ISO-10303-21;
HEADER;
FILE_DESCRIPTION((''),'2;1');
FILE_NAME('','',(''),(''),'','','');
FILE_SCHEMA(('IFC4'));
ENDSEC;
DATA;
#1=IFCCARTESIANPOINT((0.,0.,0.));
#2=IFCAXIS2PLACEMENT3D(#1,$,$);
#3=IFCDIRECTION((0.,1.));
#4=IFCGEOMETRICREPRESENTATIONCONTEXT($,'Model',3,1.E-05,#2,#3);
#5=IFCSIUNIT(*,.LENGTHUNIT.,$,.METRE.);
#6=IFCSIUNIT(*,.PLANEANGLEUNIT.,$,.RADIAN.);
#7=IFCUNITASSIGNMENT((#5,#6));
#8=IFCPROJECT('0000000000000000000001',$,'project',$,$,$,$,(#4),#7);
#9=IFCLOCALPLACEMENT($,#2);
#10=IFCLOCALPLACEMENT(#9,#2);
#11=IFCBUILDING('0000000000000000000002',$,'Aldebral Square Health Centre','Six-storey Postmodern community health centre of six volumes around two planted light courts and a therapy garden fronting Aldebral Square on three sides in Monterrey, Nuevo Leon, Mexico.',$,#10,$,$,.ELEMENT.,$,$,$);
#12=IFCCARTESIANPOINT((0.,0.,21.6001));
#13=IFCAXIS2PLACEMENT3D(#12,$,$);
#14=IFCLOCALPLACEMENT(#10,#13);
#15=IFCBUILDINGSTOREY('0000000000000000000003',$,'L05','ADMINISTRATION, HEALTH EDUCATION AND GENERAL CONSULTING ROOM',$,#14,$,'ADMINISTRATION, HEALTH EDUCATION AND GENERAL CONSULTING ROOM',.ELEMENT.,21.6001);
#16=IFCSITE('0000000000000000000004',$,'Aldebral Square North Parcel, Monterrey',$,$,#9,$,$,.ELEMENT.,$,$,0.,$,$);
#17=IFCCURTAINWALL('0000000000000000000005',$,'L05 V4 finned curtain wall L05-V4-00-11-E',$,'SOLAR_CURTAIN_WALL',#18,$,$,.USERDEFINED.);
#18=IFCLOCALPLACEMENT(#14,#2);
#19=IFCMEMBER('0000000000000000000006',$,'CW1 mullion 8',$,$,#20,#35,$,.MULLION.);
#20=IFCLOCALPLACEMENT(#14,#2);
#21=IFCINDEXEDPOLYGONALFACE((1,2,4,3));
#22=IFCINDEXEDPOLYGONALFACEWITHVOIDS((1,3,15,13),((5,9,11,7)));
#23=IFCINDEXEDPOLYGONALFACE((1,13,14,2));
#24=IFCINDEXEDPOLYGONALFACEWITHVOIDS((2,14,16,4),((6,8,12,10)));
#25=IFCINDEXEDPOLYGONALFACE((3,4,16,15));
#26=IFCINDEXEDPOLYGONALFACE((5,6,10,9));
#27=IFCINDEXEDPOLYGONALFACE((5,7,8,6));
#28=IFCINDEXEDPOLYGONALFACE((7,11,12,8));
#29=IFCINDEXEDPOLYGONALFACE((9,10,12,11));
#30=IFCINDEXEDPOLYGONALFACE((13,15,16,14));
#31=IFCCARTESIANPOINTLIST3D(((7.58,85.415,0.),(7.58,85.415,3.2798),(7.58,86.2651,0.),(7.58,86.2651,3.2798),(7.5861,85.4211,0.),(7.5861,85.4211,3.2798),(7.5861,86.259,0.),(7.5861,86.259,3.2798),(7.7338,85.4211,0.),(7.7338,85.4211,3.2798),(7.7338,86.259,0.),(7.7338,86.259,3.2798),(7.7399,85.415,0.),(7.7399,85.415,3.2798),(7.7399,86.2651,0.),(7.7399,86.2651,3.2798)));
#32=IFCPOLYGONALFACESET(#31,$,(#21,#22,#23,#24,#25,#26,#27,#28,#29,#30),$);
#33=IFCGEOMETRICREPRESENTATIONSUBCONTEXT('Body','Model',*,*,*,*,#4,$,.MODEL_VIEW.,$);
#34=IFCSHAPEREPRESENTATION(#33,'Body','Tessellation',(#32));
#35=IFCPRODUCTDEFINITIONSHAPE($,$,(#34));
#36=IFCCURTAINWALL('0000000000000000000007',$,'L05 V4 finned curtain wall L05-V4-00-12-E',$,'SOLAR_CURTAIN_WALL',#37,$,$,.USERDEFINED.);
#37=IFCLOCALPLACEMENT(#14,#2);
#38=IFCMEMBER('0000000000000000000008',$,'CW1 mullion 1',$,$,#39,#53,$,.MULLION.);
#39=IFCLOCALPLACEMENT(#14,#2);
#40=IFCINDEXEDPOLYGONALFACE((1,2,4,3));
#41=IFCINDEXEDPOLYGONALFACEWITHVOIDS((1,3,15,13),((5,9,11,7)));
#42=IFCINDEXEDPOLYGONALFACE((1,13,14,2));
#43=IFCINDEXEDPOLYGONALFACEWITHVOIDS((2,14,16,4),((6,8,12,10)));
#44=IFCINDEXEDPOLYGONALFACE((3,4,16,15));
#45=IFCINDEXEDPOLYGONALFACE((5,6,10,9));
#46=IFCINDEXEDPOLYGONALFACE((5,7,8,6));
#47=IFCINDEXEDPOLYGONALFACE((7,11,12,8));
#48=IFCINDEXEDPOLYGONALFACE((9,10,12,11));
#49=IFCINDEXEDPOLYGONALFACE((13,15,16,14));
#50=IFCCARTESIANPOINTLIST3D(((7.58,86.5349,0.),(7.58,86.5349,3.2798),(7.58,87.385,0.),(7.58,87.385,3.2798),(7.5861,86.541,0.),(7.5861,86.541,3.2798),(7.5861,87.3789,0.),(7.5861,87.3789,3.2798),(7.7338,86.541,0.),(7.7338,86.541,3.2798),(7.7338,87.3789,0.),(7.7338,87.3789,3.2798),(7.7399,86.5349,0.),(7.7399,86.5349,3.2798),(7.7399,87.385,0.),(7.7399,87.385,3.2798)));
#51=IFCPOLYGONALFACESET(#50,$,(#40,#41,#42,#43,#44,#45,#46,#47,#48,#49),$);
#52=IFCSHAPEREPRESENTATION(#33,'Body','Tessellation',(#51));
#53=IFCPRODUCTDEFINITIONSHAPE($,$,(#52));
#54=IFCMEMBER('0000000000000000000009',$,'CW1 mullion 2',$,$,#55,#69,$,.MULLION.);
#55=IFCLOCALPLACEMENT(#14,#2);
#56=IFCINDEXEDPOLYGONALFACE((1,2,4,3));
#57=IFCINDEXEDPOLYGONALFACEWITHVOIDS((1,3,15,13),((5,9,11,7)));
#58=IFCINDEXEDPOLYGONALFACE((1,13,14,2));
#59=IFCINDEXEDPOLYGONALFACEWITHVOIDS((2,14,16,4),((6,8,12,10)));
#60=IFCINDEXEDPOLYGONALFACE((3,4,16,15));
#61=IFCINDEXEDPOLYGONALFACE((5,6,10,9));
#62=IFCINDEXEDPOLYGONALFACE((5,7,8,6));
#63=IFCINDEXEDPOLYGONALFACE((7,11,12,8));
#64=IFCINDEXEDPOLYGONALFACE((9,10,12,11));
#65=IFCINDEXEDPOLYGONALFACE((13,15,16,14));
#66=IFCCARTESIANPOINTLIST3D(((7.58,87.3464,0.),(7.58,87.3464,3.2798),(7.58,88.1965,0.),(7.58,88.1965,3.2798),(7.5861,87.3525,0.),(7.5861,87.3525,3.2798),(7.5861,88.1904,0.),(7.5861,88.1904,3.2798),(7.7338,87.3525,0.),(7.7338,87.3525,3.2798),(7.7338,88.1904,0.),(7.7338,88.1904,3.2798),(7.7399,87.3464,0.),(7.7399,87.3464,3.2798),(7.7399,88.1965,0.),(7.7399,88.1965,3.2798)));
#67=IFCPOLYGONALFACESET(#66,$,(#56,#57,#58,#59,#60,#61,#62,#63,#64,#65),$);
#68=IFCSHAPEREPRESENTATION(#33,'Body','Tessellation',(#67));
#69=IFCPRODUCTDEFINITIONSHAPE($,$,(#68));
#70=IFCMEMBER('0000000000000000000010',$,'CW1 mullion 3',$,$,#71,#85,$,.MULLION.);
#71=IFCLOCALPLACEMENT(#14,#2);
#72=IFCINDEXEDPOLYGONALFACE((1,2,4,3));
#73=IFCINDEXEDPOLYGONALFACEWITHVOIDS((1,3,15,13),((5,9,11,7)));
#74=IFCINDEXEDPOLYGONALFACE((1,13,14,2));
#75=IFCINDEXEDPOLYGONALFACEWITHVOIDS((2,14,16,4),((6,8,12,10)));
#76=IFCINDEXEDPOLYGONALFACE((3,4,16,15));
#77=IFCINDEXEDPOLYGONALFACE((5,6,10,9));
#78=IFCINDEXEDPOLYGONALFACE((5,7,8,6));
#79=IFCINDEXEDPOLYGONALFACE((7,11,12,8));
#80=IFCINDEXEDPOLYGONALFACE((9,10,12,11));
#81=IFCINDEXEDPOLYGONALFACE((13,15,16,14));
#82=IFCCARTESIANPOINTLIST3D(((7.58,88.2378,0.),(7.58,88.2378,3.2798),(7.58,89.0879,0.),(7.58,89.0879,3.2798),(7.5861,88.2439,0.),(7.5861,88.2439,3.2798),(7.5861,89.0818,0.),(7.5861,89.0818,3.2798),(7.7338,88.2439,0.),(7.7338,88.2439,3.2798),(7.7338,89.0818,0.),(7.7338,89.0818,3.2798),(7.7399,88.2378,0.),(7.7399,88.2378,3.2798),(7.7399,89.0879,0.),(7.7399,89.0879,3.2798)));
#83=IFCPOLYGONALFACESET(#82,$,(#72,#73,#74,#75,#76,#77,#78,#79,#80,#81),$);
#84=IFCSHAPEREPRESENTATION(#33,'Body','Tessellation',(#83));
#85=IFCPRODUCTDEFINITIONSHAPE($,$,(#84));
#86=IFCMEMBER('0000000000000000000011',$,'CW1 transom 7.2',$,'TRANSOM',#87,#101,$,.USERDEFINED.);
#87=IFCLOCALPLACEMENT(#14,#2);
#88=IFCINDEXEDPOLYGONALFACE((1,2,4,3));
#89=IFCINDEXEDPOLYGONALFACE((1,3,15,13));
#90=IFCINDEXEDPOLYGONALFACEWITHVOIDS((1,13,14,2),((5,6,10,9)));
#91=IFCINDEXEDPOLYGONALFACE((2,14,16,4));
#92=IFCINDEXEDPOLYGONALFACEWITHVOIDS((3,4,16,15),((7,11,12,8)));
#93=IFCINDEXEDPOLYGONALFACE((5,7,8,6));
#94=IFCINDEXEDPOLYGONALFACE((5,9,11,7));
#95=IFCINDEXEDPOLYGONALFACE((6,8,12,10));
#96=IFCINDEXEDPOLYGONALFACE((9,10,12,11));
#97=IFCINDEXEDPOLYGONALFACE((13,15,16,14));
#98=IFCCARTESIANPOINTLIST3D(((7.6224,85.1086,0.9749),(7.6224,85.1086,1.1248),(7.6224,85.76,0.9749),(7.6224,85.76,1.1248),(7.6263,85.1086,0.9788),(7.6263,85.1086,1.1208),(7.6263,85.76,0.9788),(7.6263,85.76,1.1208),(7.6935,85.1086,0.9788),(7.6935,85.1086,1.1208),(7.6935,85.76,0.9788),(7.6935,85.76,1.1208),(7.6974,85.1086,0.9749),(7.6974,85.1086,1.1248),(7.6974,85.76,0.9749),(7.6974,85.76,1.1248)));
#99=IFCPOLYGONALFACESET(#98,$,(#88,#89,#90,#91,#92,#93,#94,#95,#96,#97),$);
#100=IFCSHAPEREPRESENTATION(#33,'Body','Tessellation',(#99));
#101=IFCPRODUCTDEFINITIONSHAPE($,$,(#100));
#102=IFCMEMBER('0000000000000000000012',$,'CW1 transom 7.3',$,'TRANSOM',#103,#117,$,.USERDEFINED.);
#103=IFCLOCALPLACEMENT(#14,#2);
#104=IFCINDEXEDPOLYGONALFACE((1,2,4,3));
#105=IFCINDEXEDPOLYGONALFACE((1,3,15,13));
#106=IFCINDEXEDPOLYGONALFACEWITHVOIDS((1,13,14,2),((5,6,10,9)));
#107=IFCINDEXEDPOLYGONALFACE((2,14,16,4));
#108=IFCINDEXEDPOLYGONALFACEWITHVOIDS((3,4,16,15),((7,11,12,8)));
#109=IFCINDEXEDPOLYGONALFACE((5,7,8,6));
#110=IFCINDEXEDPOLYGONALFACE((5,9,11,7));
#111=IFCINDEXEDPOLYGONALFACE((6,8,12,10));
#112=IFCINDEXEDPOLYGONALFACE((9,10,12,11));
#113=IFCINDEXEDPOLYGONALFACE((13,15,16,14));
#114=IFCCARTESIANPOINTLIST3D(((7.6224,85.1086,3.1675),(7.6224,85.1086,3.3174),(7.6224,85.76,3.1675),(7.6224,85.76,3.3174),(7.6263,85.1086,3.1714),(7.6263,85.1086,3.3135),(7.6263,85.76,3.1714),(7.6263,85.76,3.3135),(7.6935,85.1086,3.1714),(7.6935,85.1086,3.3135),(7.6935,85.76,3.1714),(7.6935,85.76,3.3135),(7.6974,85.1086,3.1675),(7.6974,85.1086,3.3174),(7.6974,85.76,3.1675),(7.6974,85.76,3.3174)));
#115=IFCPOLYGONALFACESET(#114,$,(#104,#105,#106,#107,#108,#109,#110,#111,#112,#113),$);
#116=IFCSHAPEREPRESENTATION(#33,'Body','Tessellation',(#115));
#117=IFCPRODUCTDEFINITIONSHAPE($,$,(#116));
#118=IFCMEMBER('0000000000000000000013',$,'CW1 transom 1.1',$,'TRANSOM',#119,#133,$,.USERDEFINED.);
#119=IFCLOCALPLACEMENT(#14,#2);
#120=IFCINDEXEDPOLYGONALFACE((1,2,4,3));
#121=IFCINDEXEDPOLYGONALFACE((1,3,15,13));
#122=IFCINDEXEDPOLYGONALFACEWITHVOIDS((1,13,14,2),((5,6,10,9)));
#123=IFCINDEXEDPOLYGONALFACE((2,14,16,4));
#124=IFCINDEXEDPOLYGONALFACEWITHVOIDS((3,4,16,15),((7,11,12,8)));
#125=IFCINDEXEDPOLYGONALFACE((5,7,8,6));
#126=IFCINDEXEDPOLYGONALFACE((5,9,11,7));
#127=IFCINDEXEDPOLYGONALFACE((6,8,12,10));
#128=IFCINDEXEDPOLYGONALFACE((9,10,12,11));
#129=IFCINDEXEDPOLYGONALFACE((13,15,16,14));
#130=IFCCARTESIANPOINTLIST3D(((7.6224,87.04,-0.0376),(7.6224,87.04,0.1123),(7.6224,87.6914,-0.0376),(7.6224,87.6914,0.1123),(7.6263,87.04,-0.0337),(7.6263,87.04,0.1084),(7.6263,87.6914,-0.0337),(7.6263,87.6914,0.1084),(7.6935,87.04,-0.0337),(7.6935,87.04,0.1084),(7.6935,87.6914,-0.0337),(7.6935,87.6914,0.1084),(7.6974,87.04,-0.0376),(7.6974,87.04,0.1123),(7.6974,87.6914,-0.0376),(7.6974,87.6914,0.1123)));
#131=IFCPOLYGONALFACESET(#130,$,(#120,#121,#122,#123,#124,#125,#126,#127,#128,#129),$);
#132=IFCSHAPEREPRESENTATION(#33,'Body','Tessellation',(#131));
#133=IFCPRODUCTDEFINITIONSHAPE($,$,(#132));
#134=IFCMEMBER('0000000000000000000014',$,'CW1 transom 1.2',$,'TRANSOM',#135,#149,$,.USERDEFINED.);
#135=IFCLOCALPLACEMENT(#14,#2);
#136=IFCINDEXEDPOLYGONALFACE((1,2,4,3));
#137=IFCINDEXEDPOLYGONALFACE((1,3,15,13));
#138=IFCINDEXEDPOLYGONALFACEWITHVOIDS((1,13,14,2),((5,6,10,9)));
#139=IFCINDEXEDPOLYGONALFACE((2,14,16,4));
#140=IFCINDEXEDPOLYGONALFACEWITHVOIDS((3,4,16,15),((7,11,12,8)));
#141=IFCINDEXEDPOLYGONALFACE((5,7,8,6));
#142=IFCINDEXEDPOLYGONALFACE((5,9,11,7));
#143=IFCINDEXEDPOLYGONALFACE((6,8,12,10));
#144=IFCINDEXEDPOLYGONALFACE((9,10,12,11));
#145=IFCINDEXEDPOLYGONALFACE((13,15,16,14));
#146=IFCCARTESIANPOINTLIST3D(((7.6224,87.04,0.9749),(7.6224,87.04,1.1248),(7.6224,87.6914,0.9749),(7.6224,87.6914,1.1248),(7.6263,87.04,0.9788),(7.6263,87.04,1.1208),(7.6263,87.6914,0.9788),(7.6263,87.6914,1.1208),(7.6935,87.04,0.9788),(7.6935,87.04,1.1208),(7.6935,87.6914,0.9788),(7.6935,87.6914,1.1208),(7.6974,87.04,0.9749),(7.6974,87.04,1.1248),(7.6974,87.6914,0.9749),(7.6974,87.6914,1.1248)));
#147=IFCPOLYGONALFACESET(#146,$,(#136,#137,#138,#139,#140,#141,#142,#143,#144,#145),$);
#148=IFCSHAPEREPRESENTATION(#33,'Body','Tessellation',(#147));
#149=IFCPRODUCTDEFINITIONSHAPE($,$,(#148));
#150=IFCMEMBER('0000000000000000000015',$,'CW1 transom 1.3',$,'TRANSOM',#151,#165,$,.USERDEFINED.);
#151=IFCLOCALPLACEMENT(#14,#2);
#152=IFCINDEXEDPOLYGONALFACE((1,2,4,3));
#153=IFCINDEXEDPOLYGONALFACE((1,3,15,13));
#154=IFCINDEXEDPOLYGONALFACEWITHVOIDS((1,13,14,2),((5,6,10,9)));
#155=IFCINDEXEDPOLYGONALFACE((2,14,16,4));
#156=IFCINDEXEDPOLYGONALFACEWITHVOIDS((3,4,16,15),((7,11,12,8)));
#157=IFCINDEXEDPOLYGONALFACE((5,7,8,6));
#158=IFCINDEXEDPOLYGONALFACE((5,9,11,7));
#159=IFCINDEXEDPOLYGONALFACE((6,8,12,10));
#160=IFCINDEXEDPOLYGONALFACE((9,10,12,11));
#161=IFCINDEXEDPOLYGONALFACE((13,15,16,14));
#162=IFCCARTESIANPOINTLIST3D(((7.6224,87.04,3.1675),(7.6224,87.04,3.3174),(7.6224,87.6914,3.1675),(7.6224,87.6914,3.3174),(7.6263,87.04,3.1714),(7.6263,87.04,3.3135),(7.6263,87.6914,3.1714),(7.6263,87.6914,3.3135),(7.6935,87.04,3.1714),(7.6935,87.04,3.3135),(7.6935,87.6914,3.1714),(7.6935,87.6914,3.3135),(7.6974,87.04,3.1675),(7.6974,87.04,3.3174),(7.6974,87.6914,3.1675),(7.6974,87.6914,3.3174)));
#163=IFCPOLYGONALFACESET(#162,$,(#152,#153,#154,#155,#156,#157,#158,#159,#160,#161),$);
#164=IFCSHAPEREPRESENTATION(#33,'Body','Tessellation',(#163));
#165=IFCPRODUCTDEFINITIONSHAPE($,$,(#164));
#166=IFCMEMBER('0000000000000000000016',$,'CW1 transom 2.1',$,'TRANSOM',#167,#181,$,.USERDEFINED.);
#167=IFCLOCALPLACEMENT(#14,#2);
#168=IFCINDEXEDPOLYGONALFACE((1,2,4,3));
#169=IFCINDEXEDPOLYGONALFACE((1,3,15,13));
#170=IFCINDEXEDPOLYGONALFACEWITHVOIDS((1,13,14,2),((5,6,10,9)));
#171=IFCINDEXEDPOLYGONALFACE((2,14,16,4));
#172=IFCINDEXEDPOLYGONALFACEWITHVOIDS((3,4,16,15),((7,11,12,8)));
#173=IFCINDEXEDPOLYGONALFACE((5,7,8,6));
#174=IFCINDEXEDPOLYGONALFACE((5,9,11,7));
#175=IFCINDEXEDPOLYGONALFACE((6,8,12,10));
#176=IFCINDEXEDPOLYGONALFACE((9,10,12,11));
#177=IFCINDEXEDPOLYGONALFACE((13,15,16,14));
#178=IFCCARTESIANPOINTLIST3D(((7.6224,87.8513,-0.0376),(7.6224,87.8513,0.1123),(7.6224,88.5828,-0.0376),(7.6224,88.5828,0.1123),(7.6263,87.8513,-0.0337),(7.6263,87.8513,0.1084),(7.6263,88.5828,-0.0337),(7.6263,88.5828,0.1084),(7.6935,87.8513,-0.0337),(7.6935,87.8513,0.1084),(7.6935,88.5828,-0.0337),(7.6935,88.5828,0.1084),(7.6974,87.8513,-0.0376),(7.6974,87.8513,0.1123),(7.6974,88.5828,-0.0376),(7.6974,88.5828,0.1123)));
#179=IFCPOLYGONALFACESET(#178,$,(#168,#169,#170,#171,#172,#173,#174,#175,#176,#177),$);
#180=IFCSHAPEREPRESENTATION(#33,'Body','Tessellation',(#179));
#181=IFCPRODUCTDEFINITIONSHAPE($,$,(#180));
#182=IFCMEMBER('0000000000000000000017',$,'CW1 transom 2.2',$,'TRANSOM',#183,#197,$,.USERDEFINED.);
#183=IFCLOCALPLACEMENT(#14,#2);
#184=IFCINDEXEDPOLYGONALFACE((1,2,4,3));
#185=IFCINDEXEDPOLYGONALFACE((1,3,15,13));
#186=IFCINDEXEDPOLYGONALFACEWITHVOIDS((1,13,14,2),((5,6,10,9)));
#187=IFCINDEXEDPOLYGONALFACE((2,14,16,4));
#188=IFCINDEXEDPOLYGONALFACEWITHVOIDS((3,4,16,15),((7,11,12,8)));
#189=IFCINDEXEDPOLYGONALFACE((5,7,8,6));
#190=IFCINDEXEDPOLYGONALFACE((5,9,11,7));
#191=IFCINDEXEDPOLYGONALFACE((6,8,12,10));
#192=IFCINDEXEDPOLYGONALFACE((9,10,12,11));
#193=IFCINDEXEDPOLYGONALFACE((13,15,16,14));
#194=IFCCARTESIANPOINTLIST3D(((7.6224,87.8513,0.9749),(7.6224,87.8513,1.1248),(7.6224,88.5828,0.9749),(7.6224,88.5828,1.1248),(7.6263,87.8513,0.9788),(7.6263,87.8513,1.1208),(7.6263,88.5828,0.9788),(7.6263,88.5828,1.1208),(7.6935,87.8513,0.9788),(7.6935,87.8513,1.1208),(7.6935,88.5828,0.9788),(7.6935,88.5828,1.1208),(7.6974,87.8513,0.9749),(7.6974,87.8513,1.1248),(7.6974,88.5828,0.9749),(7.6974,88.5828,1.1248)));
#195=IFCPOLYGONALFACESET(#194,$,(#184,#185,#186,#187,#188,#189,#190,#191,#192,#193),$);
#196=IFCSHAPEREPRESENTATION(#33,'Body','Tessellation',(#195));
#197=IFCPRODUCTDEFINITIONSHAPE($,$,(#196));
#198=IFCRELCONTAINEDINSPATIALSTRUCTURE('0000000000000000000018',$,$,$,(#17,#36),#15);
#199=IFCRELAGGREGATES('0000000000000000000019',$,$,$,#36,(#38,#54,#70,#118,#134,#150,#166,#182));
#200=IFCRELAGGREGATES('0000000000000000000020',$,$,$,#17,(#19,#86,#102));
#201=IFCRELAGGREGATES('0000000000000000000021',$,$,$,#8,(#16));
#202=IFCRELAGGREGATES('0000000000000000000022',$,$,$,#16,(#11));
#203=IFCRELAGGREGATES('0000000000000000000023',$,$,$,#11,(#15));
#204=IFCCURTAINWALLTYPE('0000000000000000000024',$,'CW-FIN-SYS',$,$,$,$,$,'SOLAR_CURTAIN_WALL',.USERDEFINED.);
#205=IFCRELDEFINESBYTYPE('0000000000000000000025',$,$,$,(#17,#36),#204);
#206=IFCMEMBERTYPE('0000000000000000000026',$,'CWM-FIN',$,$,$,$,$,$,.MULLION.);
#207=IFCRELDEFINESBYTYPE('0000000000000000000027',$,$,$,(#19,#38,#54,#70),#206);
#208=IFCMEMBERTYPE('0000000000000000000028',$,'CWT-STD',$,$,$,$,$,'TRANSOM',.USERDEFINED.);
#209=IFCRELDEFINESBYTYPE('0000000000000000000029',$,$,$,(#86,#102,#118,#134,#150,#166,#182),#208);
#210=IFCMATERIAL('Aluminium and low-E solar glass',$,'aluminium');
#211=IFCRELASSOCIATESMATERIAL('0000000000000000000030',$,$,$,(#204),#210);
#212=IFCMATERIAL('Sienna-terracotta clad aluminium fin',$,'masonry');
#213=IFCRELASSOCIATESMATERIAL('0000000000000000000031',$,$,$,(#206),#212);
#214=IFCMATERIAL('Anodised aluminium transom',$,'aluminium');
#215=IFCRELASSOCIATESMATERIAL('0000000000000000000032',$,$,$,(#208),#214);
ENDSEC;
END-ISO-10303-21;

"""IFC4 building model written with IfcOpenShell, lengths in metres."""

from ifc_helpers import new_model, si_unit, direction, frame, origin, origin_2d, place, context, subcontext, project, spatial, hollow_rectangle, extrude, material, material_profile, profile_set, type_object, element, aggregate, save


model = new_model("IFC4")

# Units and contexts
model_context = context("Model", 3, precision=1e-05, world=origin(), true_north=direction((0.0, 1.0)))
body_context = subcontext(model_context, "Body", "Model", "MODEL_VIEW")
ifc_project = project(units=[si_unit("LENGTHUNIT", "METRE"), si_unit("PLANEANGLEUNIT", "RADIAN")], contexts=[model_context])

# Site, building, storey
site_placement = place(None, origin())
site = spatial("IfcSite", under=ifc_project, at=site_placement, Name="Aldebral Square North Parcel, Monterrey", CompositionType="ELEMENT", RefElevation=0.0)
building_placement = place(site_placement, origin())
building = spatial("IfcBuilding", under=site, at=building_placement, Name="Aldebral Square Health Centre", Description="Six-storey Postmodern community health centre of six volumes around two planted light courts and a therapy garden fronting Aldebral Square on three sides in Monterrey, Nuevo Leon, Mexico.", CompositionType="ELEMENT")
storey_placement = place(building_placement, frame((0.0, 0.0, 21.6001)))
storey = spatial("IfcBuildingStorey", under=building, at=storey_placement, Name="L05", Description="ADMINISTRATION, HEALTH EDUCATION AND GENERAL CONSULTING ROOM", LongName="ADMINISTRATION, HEALTH EDUCATION AND GENERAL CONSULTING ROOM", CompositionType="ELEMENT", Elevation=21.6001)

# Curtain wall, member
ifc_material_1 = material(Name="Aluminium and low-E solar glass", Category="aluminium")
curtain_wall_type = type_object("IfcCurtainWallType", Name="CW-FIN-SYS", ElementType="SOLAR_CURTAIN_WALL", PredefinedType="USERDEFINED", material=ifc_material_1)
curtain_wall_1_placement = place(storey_placement, origin())
curtain_wall_1 = element("IfcCurtainWall", 1, at=curtain_wall_1_placement, inside=storey, type_object=curtain_wall_type, Name="L05 V4 finned curtain wall L05-V4-00-11-E", ObjectType="SOLAR_CURTAIN_WALL", PredefinedType="USERDEFINED")
ifc_material_2 = material(Name="Sienna-terracotta clad aluminium fin", Category="masonry")
ifc_material_profile_1 = material_profile(ifc_material_2, hollow_rectangle(XDim=0.1599, YDim=0.8501, WallThickness=0.0061, at=origin_2d()), Name="FIN 160x850x6")
ifc_profile_set_1 = profile_set([ifc_material_profile_1], Name="Sienna-terracotta clad aluminium fin")
member_type_1 = type_object("IfcMemberType", Name="CWM-FIN", PredefinedType="MULLION", material=ifc_profile_set_1)
member_1_placement = place(storey_placement, frame((7.6599, 85.8401, 0.0), z_axis=(0.0, 0.0, 1.0), x_axis=(-1.0, 0.0, 0.0)))
member_1 = element("IfcMember", 2, at=member_1_placement, type_object=member_type_1, Name="CW1 mullion 8", PredefinedType="MULLION", context=body_context, shape_type="SweptSolid", body=[
    extrude(hollow_rectangle(XDim=0.1599, YDim=0.8501, WallThickness=0.0061, at=origin_2d()), origin(), (0.0, 0.0, 1.0), 3.2798),
])

# Curtain wall, members
curtain_wall_2_placement = place(storey_placement, origin())
curtain_wall_2 = element("IfcCurtainWall", 3, at=curtain_wall_2_placement, inside=storey, type_object=curtain_wall_type, Name="L05 V4 finned curtain wall L05-V4-00-12-E", ObjectType="SOLAR_CURTAIN_WALL", PredefinedType="USERDEFINED")
member_2_placement = place(storey_placement, frame((7.6599, 86.96, 0.0), z_axis=(0.0, 0.0, 1.0), x_axis=(-1.0, 0.0, 0.0)))
member_2 = element("IfcMember", 4, at=member_2_placement, type_object=member_type_1, Name="CW1 mullion 1", PredefinedType="MULLION", context=body_context, shape_type="SweptSolid", body=[
    extrude(hollow_rectangle(XDim=0.1599, YDim=0.8501, WallThickness=0.0061, at=origin_2d()), origin(), (0.0, 0.0, 1.0), 3.2798),
])
member_3_placement = place(storey_placement, frame((7.6599, 87.7715, 0.0), z_axis=(0.0, 0.0, 1.0), x_axis=(-1.0, 0.0, 0.0)))
member_3 = element("IfcMember", 5, at=member_3_placement, type_object=member_type_1, Name="CW1 mullion 2", PredefinedType="MULLION", context=body_context, shape_type="SweptSolid", body=[
    extrude(hollow_rectangle(XDim=0.1599, YDim=0.8501, WallThickness=0.0061, at=origin_2d()), origin(), (0.0, 0.0, 1.0), 3.2798),
])
member_4_placement = place(storey_placement, frame((7.6599, 88.6628, 0.0), z_axis=(0.0, 0.0, 1.0), x_axis=(-1.0, 0.0, 0.0)))
member_4 = element("IfcMember", 6, at=member_4_placement, type_object=member_type_1, Name="CW1 mullion 3", PredefinedType="MULLION", context=body_context, shape_type="SweptSolid", body=[
    extrude(hollow_rectangle(XDim=0.1599, YDim=0.8501, WallThickness=0.0061, at=origin_2d()), origin(), (0.0, 0.0, 1.0), 3.2798),
])

# Members
ifc_material_3 = material(Name="Anodised aluminium transom", Category="aluminium")
ifc_material_profile_2 = material_profile(ifc_material_3, hollow_rectangle(XDim=0.075, YDim=0.1499, WallThickness=0.0039, at=origin_2d()), Name="CWT 75x150x4")
ifc_profile_set_2 = profile_set([ifc_material_profile_2], Name="Anodised aluminium transom")
member_type_2 = type_object("IfcMemberType", Name="CWT-STD", ElementType="TRANSOM", PredefinedType="USERDEFINED", material=ifc_profile_set_2)
member_5_placement = place(storey_placement, frame((7.6599, 85.1086, 1.0498), z_axis=(0.0, 1.0, 0.0), x_axis=(-1.0, 0.0, 0.0)))
member_5 = element("IfcMember", 7, at=member_5_placement, type_object=member_type_2, Name="CW1 transom 7.2", ObjectType="TRANSOM", PredefinedType="USERDEFINED", context=body_context, shape_type="SweptSolid", body=[
    extrude(hollow_rectangle(XDim=0.075, YDim=0.1499, WallThickness=0.0039, at=origin_2d()), origin(), (0.0, 0.0, 1.0), 0.6514),
])
member_6_placement = place(storey_placement, frame((7.6599, 85.1086, 3.2424), z_axis=(0.0, 1.0, 0.0), x_axis=(-1.0, 0.0, 0.0)))
member_6 = element("IfcMember", 8, at=member_6_placement, type_object=member_type_2, Name="CW1 transom 7.3", ObjectType="TRANSOM", PredefinedType="USERDEFINED", context=body_context, shape_type="SweptSolid", body=[
    extrude(hollow_rectangle(XDim=0.075, YDim=0.1499, WallThickness=0.0039, at=origin_2d()), origin(), (0.0, 0.0, 1.0), 0.6514),
])
member_7_placement = place(storey_placement, frame((7.6599, 87.04, 0.0374), z_axis=(0.0, 1.0, 0.0), x_axis=(-1.0, 0.0, 0.0)))
member_7 = element("IfcMember", 9, at=member_7_placement, type_object=member_type_2, Name="CW1 transom 1.1", ObjectType="TRANSOM", PredefinedType="USERDEFINED", context=body_context, shape_type="SweptSolid", body=[
    extrude(hollow_rectangle(XDim=0.075, YDim=0.1499, WallThickness=0.0039, at=origin_2d()), origin(), (0.0, 0.0, 1.0), 0.6514),
])
member_8_placement = place(storey_placement, frame((7.6599, 87.04, 1.0498), z_axis=(0.0, 1.0, 0.0), x_axis=(-1.0, 0.0, 0.0)))
member_8 = element("IfcMember", 10, at=member_8_placement, type_object=member_type_2, Name="CW1 transom 1.2", ObjectType="TRANSOM", PredefinedType="USERDEFINED", context=body_context, shape_type="SweptSolid", body=[
    extrude(hollow_rectangle(XDim=0.075, YDim=0.1499, WallThickness=0.0039, at=origin_2d()), origin(), (0.0, 0.0, 1.0), 0.6514),
])
member_9_placement = place(storey_placement, frame((7.6599, 87.04, 3.2424), z_axis=(0.0, 1.0, 0.0), x_axis=(-1.0, 0.0, 0.0)))
member_9 = element("IfcMember", 11, at=member_9_placement, type_object=member_type_2, Name="CW1 transom 1.3", ObjectType="TRANSOM", PredefinedType="USERDEFINED", context=body_context, shape_type="SweptSolid", body=[
    extrude(hollow_rectangle(XDim=0.075, YDim=0.1499, WallThickness=0.0039, at=origin_2d()), origin(), (0.0, 0.0, 1.0), 0.6514),
])
member_10_placement = place(storey_placement, frame((7.6599, 87.8513, 0.0374), z_axis=(0.0, 1.0, 0.0), x_axis=(-1.0, 0.0, 0.0)))
member_10 = element("IfcMember", 12, at=member_10_placement, type_object=member_type_2, Name="CW1 transom 2.1", ObjectType="TRANSOM", PredefinedType="USERDEFINED", context=body_context, shape_type="SweptSolid", body=[
    extrude(hollow_rectangle(XDim=0.075, YDim=0.1499, WallThickness=0.0039, at=origin_2d()), origin(), (0.0, 0.0, 1.0), 0.7314),
])
member_11_placement = place(storey_placement, frame((7.6599, 87.8513, 1.0498), z_axis=(0.0, 1.0, 0.0), x_axis=(-1.0, 0.0, 0.0)))
member_11 = element("IfcMember", 13, at=member_11_placement, type_object=member_type_2, Name="CW1 transom 2.2", ObjectType="TRANSOM", PredefinedType="USERDEFINED", context=body_context, shape_type="SweptSolid", body=[
    extrude(hollow_rectangle(XDim=0.075, YDim=0.1499, WallThickness=0.0039, at=origin_2d()), origin(), (0.0, 0.0, 1.0), 0.7314),
])

aggregate(curtain_wall_2, [member_2, member_3, member_4, member_7, member_8, member_9, member_10, member_11])
aggregate(curtain_wall_1, [member_1, member_5, member_6])

save(model, "model.ifc")
